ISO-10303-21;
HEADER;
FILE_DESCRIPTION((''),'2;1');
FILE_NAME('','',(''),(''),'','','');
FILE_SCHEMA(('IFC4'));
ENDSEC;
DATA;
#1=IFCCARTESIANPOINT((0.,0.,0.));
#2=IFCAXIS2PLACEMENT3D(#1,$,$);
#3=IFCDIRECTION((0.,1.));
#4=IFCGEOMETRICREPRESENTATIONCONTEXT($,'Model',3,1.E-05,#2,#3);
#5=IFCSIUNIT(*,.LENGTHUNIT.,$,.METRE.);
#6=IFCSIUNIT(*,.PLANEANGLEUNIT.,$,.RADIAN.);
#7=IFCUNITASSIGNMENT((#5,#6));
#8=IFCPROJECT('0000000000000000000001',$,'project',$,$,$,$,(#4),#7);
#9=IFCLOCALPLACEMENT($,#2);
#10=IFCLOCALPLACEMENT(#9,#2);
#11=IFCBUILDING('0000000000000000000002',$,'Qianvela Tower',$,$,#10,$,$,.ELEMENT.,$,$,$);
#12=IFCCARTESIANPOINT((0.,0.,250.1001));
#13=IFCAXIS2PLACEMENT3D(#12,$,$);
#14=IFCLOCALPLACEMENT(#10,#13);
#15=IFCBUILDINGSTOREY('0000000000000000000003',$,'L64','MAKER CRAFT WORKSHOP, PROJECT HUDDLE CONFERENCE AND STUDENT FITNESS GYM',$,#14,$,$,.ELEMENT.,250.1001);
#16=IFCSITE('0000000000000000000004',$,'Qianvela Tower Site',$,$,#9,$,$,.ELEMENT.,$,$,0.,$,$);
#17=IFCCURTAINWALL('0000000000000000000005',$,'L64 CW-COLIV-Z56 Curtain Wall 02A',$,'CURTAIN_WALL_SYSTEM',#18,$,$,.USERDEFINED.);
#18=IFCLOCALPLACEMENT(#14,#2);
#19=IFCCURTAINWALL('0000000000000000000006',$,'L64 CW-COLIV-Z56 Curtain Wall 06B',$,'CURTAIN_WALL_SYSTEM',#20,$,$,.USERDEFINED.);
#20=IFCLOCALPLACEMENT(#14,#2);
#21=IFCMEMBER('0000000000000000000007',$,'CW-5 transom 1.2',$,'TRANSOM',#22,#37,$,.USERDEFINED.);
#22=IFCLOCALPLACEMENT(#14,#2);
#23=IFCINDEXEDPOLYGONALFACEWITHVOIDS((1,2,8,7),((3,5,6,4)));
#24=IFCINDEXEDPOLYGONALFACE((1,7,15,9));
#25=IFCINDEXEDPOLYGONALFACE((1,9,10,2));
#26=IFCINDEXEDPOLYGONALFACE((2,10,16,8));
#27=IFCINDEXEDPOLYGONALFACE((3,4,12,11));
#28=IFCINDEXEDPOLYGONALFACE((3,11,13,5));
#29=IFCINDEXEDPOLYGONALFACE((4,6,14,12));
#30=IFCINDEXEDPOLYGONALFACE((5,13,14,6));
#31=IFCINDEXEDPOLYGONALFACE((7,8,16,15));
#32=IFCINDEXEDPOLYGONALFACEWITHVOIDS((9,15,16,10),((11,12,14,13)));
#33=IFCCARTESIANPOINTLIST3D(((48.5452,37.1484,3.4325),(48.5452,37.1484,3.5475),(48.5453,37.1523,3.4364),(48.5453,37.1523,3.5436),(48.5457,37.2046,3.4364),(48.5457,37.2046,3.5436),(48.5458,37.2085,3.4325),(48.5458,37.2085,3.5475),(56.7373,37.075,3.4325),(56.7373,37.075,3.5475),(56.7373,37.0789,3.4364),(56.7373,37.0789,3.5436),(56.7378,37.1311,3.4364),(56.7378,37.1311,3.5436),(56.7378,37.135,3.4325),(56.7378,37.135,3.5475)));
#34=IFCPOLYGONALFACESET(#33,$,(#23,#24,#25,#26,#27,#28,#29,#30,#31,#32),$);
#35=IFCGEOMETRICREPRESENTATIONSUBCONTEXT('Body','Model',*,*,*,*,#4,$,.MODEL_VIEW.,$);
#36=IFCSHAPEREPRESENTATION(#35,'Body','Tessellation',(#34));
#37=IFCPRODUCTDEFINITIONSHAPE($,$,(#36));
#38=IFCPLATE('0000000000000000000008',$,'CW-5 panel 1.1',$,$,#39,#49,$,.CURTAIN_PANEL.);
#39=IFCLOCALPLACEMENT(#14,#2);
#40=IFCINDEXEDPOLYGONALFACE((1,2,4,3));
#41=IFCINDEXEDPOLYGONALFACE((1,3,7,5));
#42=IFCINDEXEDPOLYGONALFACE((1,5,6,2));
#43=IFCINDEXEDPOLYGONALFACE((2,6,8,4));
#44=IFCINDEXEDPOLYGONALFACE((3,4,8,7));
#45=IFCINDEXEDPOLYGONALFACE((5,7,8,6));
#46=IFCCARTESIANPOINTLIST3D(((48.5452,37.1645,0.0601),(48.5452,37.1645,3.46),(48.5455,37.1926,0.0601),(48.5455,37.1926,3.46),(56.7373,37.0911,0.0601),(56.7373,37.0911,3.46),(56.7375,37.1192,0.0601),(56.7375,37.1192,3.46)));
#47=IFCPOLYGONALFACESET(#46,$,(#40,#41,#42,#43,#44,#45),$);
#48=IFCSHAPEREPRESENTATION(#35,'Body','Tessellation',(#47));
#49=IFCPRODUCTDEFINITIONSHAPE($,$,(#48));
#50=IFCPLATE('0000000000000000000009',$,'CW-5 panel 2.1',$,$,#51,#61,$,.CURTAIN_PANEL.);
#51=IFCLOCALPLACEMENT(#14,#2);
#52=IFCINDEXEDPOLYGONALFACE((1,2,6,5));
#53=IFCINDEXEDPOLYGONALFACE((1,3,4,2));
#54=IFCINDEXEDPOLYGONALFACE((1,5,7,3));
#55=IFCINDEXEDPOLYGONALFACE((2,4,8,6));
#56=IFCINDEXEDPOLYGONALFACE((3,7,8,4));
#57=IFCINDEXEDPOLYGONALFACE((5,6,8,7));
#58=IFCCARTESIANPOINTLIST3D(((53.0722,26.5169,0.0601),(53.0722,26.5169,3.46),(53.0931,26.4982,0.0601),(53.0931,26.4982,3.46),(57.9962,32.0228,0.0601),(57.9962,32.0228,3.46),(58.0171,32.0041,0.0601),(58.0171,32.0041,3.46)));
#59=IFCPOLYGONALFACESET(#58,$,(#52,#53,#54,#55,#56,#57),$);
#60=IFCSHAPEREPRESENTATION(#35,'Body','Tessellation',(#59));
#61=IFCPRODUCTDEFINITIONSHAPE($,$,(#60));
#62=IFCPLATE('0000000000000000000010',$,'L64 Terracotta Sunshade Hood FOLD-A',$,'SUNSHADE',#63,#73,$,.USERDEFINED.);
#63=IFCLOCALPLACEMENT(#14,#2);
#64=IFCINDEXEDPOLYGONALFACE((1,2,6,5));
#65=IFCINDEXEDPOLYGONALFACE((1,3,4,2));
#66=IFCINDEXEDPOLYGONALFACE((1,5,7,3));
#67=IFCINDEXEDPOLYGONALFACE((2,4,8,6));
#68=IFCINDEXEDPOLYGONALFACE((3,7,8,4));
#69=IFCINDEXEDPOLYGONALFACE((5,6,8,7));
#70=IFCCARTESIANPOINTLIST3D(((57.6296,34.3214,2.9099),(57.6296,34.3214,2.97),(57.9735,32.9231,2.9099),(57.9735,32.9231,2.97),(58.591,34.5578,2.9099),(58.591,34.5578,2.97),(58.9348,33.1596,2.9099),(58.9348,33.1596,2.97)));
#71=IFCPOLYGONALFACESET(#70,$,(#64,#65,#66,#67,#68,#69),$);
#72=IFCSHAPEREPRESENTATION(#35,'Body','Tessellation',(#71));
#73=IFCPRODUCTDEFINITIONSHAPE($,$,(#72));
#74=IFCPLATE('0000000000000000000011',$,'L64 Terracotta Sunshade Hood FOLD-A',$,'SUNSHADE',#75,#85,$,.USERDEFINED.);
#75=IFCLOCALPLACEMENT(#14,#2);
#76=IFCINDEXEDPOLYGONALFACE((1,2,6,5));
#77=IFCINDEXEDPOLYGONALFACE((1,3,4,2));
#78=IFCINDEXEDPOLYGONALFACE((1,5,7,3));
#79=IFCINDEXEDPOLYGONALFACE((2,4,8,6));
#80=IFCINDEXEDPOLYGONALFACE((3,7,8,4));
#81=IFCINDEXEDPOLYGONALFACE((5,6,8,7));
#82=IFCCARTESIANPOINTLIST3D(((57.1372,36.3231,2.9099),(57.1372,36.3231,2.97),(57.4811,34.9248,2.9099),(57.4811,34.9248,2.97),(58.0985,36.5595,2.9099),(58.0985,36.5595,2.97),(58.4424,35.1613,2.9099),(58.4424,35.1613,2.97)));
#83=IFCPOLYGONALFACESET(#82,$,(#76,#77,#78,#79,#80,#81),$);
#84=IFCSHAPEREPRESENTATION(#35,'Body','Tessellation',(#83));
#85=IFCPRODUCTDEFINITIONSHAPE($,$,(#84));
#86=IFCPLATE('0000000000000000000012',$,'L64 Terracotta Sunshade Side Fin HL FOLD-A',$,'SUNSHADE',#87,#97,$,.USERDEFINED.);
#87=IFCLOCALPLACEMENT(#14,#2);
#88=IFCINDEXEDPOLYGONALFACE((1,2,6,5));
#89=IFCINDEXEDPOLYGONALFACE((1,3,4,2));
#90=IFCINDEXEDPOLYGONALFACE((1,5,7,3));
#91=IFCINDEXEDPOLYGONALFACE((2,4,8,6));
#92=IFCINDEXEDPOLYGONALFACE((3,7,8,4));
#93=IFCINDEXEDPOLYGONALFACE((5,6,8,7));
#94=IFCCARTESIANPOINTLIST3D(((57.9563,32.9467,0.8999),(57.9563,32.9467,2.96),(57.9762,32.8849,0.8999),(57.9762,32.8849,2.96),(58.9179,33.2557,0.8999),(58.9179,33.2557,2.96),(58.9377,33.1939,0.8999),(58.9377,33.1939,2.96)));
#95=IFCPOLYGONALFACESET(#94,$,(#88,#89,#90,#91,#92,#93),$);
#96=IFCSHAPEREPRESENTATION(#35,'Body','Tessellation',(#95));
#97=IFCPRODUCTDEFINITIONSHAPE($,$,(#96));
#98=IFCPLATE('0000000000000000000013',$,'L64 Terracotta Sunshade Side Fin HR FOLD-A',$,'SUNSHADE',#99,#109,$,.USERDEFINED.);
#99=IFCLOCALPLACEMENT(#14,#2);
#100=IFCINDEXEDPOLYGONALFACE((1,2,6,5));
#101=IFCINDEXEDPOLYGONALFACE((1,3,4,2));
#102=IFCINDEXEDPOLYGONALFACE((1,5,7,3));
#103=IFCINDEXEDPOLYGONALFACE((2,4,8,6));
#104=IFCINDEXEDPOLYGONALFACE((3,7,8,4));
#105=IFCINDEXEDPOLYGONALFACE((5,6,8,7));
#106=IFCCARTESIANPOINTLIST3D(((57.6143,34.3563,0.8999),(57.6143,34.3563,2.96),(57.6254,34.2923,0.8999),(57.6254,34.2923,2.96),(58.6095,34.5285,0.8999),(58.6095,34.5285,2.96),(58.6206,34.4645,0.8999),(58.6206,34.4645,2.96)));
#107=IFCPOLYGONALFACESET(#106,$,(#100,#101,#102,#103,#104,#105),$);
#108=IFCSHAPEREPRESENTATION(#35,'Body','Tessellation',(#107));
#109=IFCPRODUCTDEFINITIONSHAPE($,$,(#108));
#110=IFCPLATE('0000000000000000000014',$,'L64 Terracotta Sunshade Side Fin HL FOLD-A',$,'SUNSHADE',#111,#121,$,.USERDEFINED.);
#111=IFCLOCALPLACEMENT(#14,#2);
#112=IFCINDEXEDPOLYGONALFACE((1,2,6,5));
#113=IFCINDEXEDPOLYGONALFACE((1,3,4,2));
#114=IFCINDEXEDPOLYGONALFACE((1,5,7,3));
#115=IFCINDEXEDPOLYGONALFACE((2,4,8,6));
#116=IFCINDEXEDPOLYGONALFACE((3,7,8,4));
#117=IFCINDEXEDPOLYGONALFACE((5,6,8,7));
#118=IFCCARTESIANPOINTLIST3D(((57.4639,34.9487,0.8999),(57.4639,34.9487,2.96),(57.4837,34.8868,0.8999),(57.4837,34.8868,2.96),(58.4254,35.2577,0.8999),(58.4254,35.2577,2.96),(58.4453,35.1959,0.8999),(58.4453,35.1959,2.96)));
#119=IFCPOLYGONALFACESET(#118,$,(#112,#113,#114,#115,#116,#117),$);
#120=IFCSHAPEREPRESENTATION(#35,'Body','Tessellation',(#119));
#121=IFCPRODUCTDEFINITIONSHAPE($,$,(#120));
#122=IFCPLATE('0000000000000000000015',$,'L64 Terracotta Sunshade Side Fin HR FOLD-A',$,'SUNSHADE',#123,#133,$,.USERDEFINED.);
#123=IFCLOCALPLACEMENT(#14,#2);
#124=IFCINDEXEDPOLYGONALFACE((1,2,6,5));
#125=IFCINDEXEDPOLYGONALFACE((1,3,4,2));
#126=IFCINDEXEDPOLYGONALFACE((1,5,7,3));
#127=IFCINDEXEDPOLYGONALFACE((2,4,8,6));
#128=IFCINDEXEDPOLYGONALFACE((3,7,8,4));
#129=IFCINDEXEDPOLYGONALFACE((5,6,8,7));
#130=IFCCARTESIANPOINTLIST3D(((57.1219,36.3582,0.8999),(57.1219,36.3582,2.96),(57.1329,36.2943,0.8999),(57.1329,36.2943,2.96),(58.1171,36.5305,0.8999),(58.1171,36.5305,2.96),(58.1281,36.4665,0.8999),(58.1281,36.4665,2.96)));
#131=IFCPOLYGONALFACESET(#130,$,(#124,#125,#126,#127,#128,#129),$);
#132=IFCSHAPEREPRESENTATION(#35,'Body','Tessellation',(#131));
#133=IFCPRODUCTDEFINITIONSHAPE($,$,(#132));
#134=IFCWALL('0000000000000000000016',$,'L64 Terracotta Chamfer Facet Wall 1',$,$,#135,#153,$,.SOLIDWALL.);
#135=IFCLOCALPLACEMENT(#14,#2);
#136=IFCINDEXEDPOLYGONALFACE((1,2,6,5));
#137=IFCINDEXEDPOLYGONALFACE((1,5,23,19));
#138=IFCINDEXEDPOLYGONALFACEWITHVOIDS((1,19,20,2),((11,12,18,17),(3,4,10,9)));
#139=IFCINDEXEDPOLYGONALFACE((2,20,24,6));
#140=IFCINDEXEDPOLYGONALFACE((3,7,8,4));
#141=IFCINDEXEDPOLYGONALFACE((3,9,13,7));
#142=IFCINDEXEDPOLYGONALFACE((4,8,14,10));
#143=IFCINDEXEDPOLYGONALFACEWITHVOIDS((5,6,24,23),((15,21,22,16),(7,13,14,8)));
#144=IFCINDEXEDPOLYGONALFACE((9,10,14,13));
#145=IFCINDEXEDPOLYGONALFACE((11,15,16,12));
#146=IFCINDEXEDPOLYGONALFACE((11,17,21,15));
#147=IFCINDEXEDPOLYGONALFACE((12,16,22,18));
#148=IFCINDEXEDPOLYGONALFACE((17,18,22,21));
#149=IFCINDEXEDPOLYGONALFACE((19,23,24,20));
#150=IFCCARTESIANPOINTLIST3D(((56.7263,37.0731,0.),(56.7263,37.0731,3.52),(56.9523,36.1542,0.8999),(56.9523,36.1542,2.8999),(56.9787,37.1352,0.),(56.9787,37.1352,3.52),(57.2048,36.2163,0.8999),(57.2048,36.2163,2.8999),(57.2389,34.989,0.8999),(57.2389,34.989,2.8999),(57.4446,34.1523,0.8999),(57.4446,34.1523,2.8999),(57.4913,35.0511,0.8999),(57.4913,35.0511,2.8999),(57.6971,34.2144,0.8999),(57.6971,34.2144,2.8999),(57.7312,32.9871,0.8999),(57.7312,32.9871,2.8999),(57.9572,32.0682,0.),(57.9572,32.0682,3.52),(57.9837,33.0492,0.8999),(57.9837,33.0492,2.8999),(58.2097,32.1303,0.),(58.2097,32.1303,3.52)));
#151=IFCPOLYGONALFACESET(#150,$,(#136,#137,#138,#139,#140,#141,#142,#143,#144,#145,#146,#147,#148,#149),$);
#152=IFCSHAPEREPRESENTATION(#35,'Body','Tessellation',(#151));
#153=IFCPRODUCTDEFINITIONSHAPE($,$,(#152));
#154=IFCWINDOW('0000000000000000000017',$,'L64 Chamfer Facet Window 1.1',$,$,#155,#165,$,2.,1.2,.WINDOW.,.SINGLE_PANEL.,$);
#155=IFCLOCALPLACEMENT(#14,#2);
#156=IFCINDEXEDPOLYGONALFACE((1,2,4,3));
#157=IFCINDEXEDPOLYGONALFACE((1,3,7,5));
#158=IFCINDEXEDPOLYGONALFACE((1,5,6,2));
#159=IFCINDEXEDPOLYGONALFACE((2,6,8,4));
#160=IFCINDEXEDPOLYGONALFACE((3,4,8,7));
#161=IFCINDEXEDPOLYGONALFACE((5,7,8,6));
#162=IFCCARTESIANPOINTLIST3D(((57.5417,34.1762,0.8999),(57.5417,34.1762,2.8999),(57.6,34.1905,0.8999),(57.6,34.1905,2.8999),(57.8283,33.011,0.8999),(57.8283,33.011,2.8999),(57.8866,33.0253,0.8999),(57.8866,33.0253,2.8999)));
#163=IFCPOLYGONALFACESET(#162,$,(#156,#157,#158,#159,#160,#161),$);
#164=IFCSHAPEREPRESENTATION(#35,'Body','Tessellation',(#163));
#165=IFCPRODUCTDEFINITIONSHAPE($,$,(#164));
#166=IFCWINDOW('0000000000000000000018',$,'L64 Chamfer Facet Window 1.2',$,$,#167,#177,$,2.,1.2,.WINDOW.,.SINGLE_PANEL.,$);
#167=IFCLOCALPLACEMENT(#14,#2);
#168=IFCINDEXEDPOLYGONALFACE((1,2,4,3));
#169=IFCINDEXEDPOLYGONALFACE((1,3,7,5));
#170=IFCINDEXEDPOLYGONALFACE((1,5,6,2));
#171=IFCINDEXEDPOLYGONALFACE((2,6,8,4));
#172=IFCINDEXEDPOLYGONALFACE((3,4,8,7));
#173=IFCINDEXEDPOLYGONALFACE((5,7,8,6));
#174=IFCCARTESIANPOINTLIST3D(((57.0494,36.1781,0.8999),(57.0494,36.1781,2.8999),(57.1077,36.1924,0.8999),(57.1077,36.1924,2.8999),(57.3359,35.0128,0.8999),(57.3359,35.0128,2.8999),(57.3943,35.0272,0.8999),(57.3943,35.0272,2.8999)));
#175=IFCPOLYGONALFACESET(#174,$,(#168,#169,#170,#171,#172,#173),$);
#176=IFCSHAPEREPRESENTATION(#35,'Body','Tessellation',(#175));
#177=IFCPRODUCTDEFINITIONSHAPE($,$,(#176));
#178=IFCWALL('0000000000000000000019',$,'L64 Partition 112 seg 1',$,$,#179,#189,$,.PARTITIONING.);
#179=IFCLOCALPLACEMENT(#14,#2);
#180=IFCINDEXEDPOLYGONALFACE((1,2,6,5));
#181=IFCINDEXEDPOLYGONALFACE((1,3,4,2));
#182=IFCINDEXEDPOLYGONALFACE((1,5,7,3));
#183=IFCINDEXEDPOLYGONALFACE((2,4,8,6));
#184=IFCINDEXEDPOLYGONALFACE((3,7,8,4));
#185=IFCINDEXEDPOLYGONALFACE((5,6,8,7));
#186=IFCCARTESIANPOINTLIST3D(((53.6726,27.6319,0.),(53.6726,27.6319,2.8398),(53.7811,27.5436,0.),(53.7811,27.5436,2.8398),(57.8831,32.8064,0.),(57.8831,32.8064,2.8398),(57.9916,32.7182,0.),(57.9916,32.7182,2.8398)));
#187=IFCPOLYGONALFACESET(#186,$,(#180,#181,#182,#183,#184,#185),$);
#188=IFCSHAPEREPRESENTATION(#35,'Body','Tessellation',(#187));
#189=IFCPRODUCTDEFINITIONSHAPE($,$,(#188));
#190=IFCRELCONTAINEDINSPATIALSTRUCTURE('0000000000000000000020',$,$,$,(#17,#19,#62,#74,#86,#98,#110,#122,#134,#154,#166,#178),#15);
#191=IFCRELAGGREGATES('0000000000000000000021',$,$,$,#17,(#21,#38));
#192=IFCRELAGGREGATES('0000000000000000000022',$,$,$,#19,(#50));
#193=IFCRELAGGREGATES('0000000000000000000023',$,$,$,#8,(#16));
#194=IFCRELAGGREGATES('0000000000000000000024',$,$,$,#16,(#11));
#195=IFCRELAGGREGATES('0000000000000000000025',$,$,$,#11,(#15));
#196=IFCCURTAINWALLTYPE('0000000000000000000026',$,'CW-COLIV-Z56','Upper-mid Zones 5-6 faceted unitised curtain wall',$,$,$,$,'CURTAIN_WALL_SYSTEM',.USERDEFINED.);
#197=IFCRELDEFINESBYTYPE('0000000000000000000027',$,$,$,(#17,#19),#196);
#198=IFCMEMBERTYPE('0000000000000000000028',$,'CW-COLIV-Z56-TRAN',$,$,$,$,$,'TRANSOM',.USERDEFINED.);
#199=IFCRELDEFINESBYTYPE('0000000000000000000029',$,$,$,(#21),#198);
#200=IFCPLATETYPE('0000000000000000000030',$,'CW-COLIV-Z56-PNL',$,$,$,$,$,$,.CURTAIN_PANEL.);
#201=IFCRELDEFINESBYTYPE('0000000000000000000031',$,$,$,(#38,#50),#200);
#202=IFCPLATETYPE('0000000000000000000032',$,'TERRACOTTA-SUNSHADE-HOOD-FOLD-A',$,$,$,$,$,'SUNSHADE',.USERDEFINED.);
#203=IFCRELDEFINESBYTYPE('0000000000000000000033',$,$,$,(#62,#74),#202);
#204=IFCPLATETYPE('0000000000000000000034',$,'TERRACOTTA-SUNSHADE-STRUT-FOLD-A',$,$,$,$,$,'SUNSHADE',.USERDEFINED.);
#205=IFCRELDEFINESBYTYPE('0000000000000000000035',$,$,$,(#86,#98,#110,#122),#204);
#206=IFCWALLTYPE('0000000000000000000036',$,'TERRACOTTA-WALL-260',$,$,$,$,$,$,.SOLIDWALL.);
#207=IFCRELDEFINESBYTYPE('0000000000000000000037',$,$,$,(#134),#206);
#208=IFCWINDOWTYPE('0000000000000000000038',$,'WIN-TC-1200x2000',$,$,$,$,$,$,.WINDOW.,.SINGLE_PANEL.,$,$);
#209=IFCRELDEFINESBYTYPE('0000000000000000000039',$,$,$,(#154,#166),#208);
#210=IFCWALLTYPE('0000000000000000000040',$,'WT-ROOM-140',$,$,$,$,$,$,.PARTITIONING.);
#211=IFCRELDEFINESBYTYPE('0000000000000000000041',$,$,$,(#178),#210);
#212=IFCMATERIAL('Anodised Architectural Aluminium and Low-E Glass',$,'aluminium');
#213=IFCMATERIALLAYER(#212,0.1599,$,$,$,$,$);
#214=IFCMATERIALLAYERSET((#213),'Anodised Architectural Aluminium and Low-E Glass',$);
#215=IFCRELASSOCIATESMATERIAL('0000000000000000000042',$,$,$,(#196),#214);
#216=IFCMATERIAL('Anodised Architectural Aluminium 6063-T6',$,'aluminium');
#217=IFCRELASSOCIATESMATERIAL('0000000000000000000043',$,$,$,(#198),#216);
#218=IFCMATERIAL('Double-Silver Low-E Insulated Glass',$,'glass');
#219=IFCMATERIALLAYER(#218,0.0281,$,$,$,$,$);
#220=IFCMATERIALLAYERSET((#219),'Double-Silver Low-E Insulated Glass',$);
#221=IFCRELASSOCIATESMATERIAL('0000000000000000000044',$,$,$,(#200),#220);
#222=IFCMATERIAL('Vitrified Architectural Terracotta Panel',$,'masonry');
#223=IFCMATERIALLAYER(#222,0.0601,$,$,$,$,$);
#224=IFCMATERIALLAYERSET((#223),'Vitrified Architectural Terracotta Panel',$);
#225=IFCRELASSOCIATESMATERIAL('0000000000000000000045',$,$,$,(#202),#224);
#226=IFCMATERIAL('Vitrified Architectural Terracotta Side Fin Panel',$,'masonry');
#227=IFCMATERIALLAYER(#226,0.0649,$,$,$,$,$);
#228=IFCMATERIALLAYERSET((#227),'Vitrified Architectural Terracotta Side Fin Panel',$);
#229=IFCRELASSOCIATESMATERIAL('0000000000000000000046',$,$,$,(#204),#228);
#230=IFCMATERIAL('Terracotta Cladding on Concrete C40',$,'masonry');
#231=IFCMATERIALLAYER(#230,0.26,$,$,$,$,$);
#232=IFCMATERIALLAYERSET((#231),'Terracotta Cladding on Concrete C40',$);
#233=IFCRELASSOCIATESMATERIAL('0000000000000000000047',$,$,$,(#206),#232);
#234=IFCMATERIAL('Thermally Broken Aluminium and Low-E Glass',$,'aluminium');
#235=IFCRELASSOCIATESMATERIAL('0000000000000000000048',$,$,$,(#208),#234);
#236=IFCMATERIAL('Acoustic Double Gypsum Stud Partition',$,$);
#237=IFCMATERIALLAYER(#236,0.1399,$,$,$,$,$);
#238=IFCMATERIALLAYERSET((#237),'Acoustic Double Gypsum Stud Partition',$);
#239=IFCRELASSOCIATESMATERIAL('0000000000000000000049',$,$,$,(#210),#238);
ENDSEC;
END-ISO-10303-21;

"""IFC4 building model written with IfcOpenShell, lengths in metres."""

from ifc_helpers import new_model, si_unit, direction, frame, frame_2d, origin, origin_2d, place, context, subcontext, project, spatial, rectangle, hollow_rectangle, extrude, material, layer, layer_set, material_profile, profile_set, type_object, element, fill, aggregate, save


model = new_model("IFC4")

# Units and contexts
model_context = context("Model", 3, precision=1e-05, world=origin(), true_north=direction((0.0, 1.0)))
body_context = subcontext(model_context, "Body", "Model", "MODEL_VIEW")
ifc_project = project(units=[si_unit("LENGTHUNIT", "METRE"), si_unit("PLANEANGLEUNIT", "RADIAN")], contexts=[model_context])

# Site, building, storey
site_placement = place(None, origin())
site = spatial("IfcSite", under=ifc_project, at=site_placement, Name="Qianvela Tower Site", CompositionType="ELEMENT", RefElevation=0.0)
building_placement = place(site_placement, origin())
building = spatial("IfcBuilding", under=site, at=building_placement, Name="Qianvela Tower", CompositionType="ELEMENT")
storey_placement = place(building_placement, frame((0.0, 0.0, 250.1001)))
storey = spatial("IfcBuildingStorey", under=building, at=storey_placement, Name="L64", Description="MAKER CRAFT WORKSHOP, PROJECT HUDDLE CONFERENCE AND STUDENT FITNESS GYM", CompositionType="ELEMENT", Elevation=250.1001)

# Curtain wall
ifc_material_1 = material(Name="Anodised Architectural Aluminium and Low-E Glass", Category="aluminium")
ifc_layer_1 = layer(ifc_material_1, 0.1599)
ifc_layer_set_1 = layer_set([ifc_layer_1], Name="Anodised Architectural Aluminium and Low-E Glass")
curtain_wall_type = type_object("IfcCurtainWallType", Name="CW-COLIV-Z56", Description="Upper-mid Zones 5-6 faceted unitised curtain wall", ElementType="CURTAIN_WALL_SYSTEM", PredefinedType="USERDEFINED", material=ifc_layer_set_1)
curtain_wall_1_placement = place(storey_placement, origin())
curtain_wall_1 = element("IfcCurtainWall", 1, at=curtain_wall_1_placement, inside=storey, type_object=curtain_wall_type, Name="L64 CW-COLIV-Z56 Curtain Wall 02A", ObjectType="CURTAIN_WALL_SYSTEM", PredefinedType="USERDEFINED")

# Curtain wall
curtain_wall_2_placement = place(storey_placement, origin())
curtain_wall_2 = element("IfcCurtainWall", 2, at=curtain_wall_2_placement, inside=storey, type_object=curtain_wall_type, Name="L64 CW-COLIV-Z56 Curtain Wall 06B", ObjectType="CURTAIN_WALL_SYSTEM", PredefinedType="USERDEFINED")

# Member
ifc_material_2 = material(Name="Anodised Architectural Aluminium 6063-T6", Category="aluminium")
ifc_material_profile_1 = material_profile(ifc_material_2, hollow_rectangle(XDim=0.0601, YDim=0.115, WallThickness=0.0039, at=origin_2d()), Name="ALU-TRAN-60x115")
ifc_profile_set_1 = profile_set([ifc_material_profile_1], Name="Anodised Architectural Aluminium 6063-T6")
member_type_1 = type_object("IfcMemberType", Name="CW-COLIV-Z56-TRAN", ElementType="TRANSOM", PredefinedType="USERDEFINED", material=ifc_profile_set_1)
member_1_placement = place(storey_placement, frame((56.7375, 37.105, 3.49), z_axis=(-0.99996, 0.00897, 0.0), x_axis=(-0.00897, -0.99996, 0.0)))
member_1 = element("IfcMember", 3, at=member_1_placement, type_object=member_type_1, Name="CW-5 transom 1.2", ObjectType="TRANSOM", PredefinedType="USERDEFINED", context=body_context, shape_type="SweptSolid", body=[
    extrude(hollow_rectangle(XDim=0.0601, YDim=0.115, WallThickness=0.0039, at=origin_2d()), origin(), (0.0, 0.0, 1.0), 8.1924),
])

# Plates
ifc_material_3 = material(Name="Double-Silver Low-E Insulated Glass", Category="glass")
ifc_layer_2 = layer(ifc_material_3, 0.0281)
ifc_layer_set_2 = layer_set([ifc_layer_2], Name="Double-Silver Low-E Insulated Glass")
plate_type_1 = type_object("IfcPlateType", Name="CW-COLIV-Z56-PNL", PredefinedType="CURTAIN_PANEL", material=ifc_layer_set_2)
plate_1_placement = place(storey_placement, frame((52.6414, 37.1418, 0.0601), z_axis=(0.0, 0.0, 1.0), x_axis=(-0.99996, 0.008957, 0.0)))
plate_1 = element("IfcPlate", 4, at=plate_1_placement, type_object=plate_type_1, Name="CW-5 panel 1.1", PredefinedType="CURTAIN_PANEL", context=body_context, shape_type="SweptSolid", body=[
    extrude(rectangle(XDim=8.1924, YDim=0.0281, at=origin_2d()), origin(), (0.0, 0.0, 1.0), 3.3999),
])
aggregate(curtain_wall_1, [member_1, plate_1])
plate_2_placement = place(storey_placement, frame((55.5447, 29.2605, 0.0601), z_axis=(0.0, 0.0, 1.0), x_axis=(0.666625, 0.745394, 0.0)))
plate_2 = element("IfcPlate", 5, at=plate_2_placement, type_object=plate_type_1, Name="CW-5 panel 2.1", PredefinedType="CURTAIN_PANEL", context=body_context, shape_type="SweptSolid", body=[
    extrude(rectangle(XDim=7.3865, YDim=0.0281, at=origin_2d()), origin(), (0.0, 0.0, 1.0), 3.3999),
])
aggregate(curtain_wall_2, [plate_2])

# Plates
ifc_material_4 = material(Name="Vitrified Architectural Terracotta Panel", Category="masonry")
ifc_layer_3 = layer(ifc_material_4, 0.0601)
ifc_layer_set_3 = layer_set([ifc_layer_3], Name="Vitrified Architectural Terracotta Panel")
plate_type_2 = type_object("IfcPlateType", Name="TERRACOTTA-SUNSHADE-HOOD-FOLD-A", ElementType="SUNSHADE", PredefinedType="USERDEFINED", material=ifc_layer_set_3)
for number, where, z_axis, x_axis, name in (
    (6, (58.2822, 33.7405, 2.9099), (0.0, 0.0, 1.0), (-0.238822, 0.971063, 0.0), "L64 Terracotta Sunshade Hood FOLD-A"),
    (7, (57.7898, 35.7422, 2.9099), (0.0, 0.0, 1.0), (-0.238822, 0.971063, 0.0), "L64 Terracotta Sunshade Hood FOLD-A"),
):
    element("IfcPlate", number, at=place(storey_placement, frame(where, z_axis=z_axis, x_axis=x_axis)), inside=storey, type_object=plate_type_2, Name=name, ObjectType="SUNSHADE", PredefinedType="USERDEFINED", context=body_context, shape_type="SweptSolid", body=[
        extrude(rectangle(XDim=1.4399, YDim=0.99, at=origin_2d()), origin(), (0.0, 0.0, 1.0), 0.0601),
    ])
ifc_material_5 = material(Name="Vitrified Architectural Terracotta Side Fin Panel", Category="masonry")
ifc_layer_4 = layer(ifc_material_5, 0.0649)
ifc_layer_set_4 = layer_set([ifc_layer_4], Name="Vitrified Architectural Terracotta Side Fin Panel")
plate_type_3 = type_object("IfcPlateType", Name="TERRACOTTA-SUNSHADE-STRUT-FOLD-A", ElementType="SUNSHADE", PredefinedType="USERDEFINED", material=ifc_layer_set_4)
for number, where, z_axis, x_axis, name in (
    (8, (58.447, 33.0703, 0.8999), (0.0, 0.0, 1.0), (-0.305978, 0.952039, 0.0), "L64 Terracotta Sunshade Side Fin HL FOLD-A"),
    (9, (58.1174, 34.4104, 0.8999), (0.0, 0.0, 1.0), (-0.170502, 0.985357, 0.0), "L64 Terracotta Sunshade Side Fin HR FOLD-A"),
    (10, (57.9546, 35.0723, 0.8999), (0.0, 0.0, 1.0), (-0.305978, 0.952039, 0.0), "L64 Terracotta Sunshade Side Fin HL FOLD-A"),
    (11, (57.625, 36.4124, 0.8999), (0.0, 0.0, 1.0), (-0.170502, 0.985357, 0.0), "L64 Terracotta Sunshade Side Fin HR FOLD-A"),
):
    element("IfcPlate", number, at=place(storey_placement, frame(where, z_axis=z_axis, x_axis=x_axis)), inside=storey, type_object=plate_type_3, Name=name, ObjectType="SUNSHADE", PredefinedType="USERDEFINED", context=body_context, shape_type="SweptSolid", body=[
        extrude(rectangle(XDim=0.0649, YDim=1.01, at=origin_2d()), origin(), (0.0, 0.0, 1.0), 2.0601),
    ])

# Wall, openings, windows
ifc_material_6 = material(Name="Terracotta Cladding on Concrete C40", Category="masonry")
ifc_layer_5 = layer(ifc_material_6, 0.26)
ifc_layer_set_5 = layer_set([ifc_layer_5], Name="Terracotta Cladding on Concrete C40")
wall_type_1 = type_object("IfcWallType", Name="TERRACOTTA-WALL-260", PredefinedType="SOLIDWALL", material=ifc_layer_set_5)
wall_1_placement = place(storey_placement, frame((58.0835, 32.0991, 0.0), z_axis=(0.0, 0.0, 1.0), x_axis=(-0.238834, 0.971061, 0.0)))
wall_1 = element("IfcWall", 12, at=wall_1_placement, inside=storey, type_object=wall_type_1, Name="L64 Terracotta Chamfer Facet Wall 1", PredefinedType="SOLIDWALL", context=body_context, shape_type="SweptSolid", body=[
    extrude(rectangle(XDim=5.1541, YDim=0.26, at=frame_2d((2.5771, 0.0))), origin(), (0.0, 0.0, 1.0), 3.52),
])
opening_1_placement = place(wall_1_placement, frame((0.9463, 0.0, 0.8999)))
opening_1 = element("IfcOpeningElement", 13, at=opening_1_placement, cuts=wall_1, PredefinedType="OPENING", context=body_context, shape_type="SweptSolid", body=[
    extrude(rectangle(XDim=1.2, YDim=2.0, at=frame_2d((0.6001, 1.0))), frame((0.0, 0.1399, 0.0), z_axis=(0.0, -1.0, 0.0), x_axis=(1.0, 0.0, 0.0)), (0.0, 0.0, 1.0), 0.28),
])
opening_2_placement = place(wall_1_placement, frame((3.0078, 0.0, 0.8999)))
opening_2 = element("IfcOpeningElement", 14, at=opening_2_placement, cuts=wall_1, PredefinedType="OPENING", context=body_context, shape_type="SweptSolid", body=[
    extrude(rectangle(XDim=1.2, YDim=2.0, at=frame_2d((0.6001, 1.0))), frame((0.0, 0.1399, 0.0), z_axis=(0.0, -1.0, 0.0), x_axis=(1.0, 0.0, 0.0)), (0.0, 0.0, 1.0), 0.28),
])
ifc_material_7 = material(Name="Thermally Broken Aluminium and Low-E Glass", Category="aluminium")
window_type = type_object("IfcWindowType", Name="WIN-TC-1200x2000", PartitioningType="SINGLE_PANEL", PredefinedType="WINDOW", material=ifc_material_7)
window_1_placement = place(opening_1_placement, origin())
window_1 = element("IfcWindow", 15, at=window_1_placement, inside=storey, type_object=window_type, Name="L64 Chamfer Facet Window 1.1", OverallHeight=2.0, OverallWidth=1.2, PartitioningType="SINGLE_PANEL", PredefinedType="WINDOW", context=body_context, shape_type="SweptSolid", body=[
    extrude(rectangle(XDim=1.2, YDim=2.0, at=frame_2d((0.6001, 1.0))), frame((0.0, 0.03, 0.0), z_axis=(0.0, -1.0, 0.0), x_axis=(1.0, 0.0, 0.0)), (0.0, 0.0, 1.0), 0.0601),
])
fill(opening_1, window_1)
window_2_placement = place(opening_2_placement, origin())
window_2 = element("IfcWindow", 16, at=window_2_placement, inside=storey, type_object=window_type, Name="L64 Chamfer Facet Window 1.2", OverallHeight=2.0, OverallWidth=1.2, PartitioningType="SINGLE_PANEL", PredefinedType="WINDOW", context=body_context, shape_type="SweptSolid", body=[
    extrude(rectangle(XDim=1.2, YDim=2.0, at=frame_2d((0.6001, 1.0))), frame((0.0, 0.03, 0.0), z_axis=(0.0, -1.0, 0.0), x_axis=(1.0, 0.0, 0.0)), (0.0, 0.0, 1.0), 0.0601),
])
fill(opening_2, window_2)

# Wall
ifc_material_8 = material(Name="Acoustic Double Gypsum Stud Partition")
ifc_layer_6 = layer(ifc_material_8, 0.1399)
ifc_layer_set_6 = layer_set([ifc_layer_6], Name="Acoustic Double Gypsum Stud Partition")
wall_type_2 = type_object("IfcWallType", Name="WT-ROOM-140", PredefinedType="PARTITIONING", material=ifc_layer_set_6)
wall_2_placement = place(storey_placement, frame((57.9373, 32.7622, 0.0), z_axis=(0.0, 0.0, 1.0), x_axis=(-0.631145, -0.775665, 0.0)))
element("IfcWall", 17, at=wall_2_placement, inside=storey, type_object=wall_type_2, Name="L64 Partition 112 seg 1", PredefinedType="PARTITIONING", context=body_context, shape_type="SweptSolid", body=[
    extrude(rectangle(XDim=6.6711, YDim=0.1399, at=frame_2d((3.3354, 0.0))), origin(), (0.0, 0.0, 1.0), 2.8398),
])

save(model, "model.ifc")
